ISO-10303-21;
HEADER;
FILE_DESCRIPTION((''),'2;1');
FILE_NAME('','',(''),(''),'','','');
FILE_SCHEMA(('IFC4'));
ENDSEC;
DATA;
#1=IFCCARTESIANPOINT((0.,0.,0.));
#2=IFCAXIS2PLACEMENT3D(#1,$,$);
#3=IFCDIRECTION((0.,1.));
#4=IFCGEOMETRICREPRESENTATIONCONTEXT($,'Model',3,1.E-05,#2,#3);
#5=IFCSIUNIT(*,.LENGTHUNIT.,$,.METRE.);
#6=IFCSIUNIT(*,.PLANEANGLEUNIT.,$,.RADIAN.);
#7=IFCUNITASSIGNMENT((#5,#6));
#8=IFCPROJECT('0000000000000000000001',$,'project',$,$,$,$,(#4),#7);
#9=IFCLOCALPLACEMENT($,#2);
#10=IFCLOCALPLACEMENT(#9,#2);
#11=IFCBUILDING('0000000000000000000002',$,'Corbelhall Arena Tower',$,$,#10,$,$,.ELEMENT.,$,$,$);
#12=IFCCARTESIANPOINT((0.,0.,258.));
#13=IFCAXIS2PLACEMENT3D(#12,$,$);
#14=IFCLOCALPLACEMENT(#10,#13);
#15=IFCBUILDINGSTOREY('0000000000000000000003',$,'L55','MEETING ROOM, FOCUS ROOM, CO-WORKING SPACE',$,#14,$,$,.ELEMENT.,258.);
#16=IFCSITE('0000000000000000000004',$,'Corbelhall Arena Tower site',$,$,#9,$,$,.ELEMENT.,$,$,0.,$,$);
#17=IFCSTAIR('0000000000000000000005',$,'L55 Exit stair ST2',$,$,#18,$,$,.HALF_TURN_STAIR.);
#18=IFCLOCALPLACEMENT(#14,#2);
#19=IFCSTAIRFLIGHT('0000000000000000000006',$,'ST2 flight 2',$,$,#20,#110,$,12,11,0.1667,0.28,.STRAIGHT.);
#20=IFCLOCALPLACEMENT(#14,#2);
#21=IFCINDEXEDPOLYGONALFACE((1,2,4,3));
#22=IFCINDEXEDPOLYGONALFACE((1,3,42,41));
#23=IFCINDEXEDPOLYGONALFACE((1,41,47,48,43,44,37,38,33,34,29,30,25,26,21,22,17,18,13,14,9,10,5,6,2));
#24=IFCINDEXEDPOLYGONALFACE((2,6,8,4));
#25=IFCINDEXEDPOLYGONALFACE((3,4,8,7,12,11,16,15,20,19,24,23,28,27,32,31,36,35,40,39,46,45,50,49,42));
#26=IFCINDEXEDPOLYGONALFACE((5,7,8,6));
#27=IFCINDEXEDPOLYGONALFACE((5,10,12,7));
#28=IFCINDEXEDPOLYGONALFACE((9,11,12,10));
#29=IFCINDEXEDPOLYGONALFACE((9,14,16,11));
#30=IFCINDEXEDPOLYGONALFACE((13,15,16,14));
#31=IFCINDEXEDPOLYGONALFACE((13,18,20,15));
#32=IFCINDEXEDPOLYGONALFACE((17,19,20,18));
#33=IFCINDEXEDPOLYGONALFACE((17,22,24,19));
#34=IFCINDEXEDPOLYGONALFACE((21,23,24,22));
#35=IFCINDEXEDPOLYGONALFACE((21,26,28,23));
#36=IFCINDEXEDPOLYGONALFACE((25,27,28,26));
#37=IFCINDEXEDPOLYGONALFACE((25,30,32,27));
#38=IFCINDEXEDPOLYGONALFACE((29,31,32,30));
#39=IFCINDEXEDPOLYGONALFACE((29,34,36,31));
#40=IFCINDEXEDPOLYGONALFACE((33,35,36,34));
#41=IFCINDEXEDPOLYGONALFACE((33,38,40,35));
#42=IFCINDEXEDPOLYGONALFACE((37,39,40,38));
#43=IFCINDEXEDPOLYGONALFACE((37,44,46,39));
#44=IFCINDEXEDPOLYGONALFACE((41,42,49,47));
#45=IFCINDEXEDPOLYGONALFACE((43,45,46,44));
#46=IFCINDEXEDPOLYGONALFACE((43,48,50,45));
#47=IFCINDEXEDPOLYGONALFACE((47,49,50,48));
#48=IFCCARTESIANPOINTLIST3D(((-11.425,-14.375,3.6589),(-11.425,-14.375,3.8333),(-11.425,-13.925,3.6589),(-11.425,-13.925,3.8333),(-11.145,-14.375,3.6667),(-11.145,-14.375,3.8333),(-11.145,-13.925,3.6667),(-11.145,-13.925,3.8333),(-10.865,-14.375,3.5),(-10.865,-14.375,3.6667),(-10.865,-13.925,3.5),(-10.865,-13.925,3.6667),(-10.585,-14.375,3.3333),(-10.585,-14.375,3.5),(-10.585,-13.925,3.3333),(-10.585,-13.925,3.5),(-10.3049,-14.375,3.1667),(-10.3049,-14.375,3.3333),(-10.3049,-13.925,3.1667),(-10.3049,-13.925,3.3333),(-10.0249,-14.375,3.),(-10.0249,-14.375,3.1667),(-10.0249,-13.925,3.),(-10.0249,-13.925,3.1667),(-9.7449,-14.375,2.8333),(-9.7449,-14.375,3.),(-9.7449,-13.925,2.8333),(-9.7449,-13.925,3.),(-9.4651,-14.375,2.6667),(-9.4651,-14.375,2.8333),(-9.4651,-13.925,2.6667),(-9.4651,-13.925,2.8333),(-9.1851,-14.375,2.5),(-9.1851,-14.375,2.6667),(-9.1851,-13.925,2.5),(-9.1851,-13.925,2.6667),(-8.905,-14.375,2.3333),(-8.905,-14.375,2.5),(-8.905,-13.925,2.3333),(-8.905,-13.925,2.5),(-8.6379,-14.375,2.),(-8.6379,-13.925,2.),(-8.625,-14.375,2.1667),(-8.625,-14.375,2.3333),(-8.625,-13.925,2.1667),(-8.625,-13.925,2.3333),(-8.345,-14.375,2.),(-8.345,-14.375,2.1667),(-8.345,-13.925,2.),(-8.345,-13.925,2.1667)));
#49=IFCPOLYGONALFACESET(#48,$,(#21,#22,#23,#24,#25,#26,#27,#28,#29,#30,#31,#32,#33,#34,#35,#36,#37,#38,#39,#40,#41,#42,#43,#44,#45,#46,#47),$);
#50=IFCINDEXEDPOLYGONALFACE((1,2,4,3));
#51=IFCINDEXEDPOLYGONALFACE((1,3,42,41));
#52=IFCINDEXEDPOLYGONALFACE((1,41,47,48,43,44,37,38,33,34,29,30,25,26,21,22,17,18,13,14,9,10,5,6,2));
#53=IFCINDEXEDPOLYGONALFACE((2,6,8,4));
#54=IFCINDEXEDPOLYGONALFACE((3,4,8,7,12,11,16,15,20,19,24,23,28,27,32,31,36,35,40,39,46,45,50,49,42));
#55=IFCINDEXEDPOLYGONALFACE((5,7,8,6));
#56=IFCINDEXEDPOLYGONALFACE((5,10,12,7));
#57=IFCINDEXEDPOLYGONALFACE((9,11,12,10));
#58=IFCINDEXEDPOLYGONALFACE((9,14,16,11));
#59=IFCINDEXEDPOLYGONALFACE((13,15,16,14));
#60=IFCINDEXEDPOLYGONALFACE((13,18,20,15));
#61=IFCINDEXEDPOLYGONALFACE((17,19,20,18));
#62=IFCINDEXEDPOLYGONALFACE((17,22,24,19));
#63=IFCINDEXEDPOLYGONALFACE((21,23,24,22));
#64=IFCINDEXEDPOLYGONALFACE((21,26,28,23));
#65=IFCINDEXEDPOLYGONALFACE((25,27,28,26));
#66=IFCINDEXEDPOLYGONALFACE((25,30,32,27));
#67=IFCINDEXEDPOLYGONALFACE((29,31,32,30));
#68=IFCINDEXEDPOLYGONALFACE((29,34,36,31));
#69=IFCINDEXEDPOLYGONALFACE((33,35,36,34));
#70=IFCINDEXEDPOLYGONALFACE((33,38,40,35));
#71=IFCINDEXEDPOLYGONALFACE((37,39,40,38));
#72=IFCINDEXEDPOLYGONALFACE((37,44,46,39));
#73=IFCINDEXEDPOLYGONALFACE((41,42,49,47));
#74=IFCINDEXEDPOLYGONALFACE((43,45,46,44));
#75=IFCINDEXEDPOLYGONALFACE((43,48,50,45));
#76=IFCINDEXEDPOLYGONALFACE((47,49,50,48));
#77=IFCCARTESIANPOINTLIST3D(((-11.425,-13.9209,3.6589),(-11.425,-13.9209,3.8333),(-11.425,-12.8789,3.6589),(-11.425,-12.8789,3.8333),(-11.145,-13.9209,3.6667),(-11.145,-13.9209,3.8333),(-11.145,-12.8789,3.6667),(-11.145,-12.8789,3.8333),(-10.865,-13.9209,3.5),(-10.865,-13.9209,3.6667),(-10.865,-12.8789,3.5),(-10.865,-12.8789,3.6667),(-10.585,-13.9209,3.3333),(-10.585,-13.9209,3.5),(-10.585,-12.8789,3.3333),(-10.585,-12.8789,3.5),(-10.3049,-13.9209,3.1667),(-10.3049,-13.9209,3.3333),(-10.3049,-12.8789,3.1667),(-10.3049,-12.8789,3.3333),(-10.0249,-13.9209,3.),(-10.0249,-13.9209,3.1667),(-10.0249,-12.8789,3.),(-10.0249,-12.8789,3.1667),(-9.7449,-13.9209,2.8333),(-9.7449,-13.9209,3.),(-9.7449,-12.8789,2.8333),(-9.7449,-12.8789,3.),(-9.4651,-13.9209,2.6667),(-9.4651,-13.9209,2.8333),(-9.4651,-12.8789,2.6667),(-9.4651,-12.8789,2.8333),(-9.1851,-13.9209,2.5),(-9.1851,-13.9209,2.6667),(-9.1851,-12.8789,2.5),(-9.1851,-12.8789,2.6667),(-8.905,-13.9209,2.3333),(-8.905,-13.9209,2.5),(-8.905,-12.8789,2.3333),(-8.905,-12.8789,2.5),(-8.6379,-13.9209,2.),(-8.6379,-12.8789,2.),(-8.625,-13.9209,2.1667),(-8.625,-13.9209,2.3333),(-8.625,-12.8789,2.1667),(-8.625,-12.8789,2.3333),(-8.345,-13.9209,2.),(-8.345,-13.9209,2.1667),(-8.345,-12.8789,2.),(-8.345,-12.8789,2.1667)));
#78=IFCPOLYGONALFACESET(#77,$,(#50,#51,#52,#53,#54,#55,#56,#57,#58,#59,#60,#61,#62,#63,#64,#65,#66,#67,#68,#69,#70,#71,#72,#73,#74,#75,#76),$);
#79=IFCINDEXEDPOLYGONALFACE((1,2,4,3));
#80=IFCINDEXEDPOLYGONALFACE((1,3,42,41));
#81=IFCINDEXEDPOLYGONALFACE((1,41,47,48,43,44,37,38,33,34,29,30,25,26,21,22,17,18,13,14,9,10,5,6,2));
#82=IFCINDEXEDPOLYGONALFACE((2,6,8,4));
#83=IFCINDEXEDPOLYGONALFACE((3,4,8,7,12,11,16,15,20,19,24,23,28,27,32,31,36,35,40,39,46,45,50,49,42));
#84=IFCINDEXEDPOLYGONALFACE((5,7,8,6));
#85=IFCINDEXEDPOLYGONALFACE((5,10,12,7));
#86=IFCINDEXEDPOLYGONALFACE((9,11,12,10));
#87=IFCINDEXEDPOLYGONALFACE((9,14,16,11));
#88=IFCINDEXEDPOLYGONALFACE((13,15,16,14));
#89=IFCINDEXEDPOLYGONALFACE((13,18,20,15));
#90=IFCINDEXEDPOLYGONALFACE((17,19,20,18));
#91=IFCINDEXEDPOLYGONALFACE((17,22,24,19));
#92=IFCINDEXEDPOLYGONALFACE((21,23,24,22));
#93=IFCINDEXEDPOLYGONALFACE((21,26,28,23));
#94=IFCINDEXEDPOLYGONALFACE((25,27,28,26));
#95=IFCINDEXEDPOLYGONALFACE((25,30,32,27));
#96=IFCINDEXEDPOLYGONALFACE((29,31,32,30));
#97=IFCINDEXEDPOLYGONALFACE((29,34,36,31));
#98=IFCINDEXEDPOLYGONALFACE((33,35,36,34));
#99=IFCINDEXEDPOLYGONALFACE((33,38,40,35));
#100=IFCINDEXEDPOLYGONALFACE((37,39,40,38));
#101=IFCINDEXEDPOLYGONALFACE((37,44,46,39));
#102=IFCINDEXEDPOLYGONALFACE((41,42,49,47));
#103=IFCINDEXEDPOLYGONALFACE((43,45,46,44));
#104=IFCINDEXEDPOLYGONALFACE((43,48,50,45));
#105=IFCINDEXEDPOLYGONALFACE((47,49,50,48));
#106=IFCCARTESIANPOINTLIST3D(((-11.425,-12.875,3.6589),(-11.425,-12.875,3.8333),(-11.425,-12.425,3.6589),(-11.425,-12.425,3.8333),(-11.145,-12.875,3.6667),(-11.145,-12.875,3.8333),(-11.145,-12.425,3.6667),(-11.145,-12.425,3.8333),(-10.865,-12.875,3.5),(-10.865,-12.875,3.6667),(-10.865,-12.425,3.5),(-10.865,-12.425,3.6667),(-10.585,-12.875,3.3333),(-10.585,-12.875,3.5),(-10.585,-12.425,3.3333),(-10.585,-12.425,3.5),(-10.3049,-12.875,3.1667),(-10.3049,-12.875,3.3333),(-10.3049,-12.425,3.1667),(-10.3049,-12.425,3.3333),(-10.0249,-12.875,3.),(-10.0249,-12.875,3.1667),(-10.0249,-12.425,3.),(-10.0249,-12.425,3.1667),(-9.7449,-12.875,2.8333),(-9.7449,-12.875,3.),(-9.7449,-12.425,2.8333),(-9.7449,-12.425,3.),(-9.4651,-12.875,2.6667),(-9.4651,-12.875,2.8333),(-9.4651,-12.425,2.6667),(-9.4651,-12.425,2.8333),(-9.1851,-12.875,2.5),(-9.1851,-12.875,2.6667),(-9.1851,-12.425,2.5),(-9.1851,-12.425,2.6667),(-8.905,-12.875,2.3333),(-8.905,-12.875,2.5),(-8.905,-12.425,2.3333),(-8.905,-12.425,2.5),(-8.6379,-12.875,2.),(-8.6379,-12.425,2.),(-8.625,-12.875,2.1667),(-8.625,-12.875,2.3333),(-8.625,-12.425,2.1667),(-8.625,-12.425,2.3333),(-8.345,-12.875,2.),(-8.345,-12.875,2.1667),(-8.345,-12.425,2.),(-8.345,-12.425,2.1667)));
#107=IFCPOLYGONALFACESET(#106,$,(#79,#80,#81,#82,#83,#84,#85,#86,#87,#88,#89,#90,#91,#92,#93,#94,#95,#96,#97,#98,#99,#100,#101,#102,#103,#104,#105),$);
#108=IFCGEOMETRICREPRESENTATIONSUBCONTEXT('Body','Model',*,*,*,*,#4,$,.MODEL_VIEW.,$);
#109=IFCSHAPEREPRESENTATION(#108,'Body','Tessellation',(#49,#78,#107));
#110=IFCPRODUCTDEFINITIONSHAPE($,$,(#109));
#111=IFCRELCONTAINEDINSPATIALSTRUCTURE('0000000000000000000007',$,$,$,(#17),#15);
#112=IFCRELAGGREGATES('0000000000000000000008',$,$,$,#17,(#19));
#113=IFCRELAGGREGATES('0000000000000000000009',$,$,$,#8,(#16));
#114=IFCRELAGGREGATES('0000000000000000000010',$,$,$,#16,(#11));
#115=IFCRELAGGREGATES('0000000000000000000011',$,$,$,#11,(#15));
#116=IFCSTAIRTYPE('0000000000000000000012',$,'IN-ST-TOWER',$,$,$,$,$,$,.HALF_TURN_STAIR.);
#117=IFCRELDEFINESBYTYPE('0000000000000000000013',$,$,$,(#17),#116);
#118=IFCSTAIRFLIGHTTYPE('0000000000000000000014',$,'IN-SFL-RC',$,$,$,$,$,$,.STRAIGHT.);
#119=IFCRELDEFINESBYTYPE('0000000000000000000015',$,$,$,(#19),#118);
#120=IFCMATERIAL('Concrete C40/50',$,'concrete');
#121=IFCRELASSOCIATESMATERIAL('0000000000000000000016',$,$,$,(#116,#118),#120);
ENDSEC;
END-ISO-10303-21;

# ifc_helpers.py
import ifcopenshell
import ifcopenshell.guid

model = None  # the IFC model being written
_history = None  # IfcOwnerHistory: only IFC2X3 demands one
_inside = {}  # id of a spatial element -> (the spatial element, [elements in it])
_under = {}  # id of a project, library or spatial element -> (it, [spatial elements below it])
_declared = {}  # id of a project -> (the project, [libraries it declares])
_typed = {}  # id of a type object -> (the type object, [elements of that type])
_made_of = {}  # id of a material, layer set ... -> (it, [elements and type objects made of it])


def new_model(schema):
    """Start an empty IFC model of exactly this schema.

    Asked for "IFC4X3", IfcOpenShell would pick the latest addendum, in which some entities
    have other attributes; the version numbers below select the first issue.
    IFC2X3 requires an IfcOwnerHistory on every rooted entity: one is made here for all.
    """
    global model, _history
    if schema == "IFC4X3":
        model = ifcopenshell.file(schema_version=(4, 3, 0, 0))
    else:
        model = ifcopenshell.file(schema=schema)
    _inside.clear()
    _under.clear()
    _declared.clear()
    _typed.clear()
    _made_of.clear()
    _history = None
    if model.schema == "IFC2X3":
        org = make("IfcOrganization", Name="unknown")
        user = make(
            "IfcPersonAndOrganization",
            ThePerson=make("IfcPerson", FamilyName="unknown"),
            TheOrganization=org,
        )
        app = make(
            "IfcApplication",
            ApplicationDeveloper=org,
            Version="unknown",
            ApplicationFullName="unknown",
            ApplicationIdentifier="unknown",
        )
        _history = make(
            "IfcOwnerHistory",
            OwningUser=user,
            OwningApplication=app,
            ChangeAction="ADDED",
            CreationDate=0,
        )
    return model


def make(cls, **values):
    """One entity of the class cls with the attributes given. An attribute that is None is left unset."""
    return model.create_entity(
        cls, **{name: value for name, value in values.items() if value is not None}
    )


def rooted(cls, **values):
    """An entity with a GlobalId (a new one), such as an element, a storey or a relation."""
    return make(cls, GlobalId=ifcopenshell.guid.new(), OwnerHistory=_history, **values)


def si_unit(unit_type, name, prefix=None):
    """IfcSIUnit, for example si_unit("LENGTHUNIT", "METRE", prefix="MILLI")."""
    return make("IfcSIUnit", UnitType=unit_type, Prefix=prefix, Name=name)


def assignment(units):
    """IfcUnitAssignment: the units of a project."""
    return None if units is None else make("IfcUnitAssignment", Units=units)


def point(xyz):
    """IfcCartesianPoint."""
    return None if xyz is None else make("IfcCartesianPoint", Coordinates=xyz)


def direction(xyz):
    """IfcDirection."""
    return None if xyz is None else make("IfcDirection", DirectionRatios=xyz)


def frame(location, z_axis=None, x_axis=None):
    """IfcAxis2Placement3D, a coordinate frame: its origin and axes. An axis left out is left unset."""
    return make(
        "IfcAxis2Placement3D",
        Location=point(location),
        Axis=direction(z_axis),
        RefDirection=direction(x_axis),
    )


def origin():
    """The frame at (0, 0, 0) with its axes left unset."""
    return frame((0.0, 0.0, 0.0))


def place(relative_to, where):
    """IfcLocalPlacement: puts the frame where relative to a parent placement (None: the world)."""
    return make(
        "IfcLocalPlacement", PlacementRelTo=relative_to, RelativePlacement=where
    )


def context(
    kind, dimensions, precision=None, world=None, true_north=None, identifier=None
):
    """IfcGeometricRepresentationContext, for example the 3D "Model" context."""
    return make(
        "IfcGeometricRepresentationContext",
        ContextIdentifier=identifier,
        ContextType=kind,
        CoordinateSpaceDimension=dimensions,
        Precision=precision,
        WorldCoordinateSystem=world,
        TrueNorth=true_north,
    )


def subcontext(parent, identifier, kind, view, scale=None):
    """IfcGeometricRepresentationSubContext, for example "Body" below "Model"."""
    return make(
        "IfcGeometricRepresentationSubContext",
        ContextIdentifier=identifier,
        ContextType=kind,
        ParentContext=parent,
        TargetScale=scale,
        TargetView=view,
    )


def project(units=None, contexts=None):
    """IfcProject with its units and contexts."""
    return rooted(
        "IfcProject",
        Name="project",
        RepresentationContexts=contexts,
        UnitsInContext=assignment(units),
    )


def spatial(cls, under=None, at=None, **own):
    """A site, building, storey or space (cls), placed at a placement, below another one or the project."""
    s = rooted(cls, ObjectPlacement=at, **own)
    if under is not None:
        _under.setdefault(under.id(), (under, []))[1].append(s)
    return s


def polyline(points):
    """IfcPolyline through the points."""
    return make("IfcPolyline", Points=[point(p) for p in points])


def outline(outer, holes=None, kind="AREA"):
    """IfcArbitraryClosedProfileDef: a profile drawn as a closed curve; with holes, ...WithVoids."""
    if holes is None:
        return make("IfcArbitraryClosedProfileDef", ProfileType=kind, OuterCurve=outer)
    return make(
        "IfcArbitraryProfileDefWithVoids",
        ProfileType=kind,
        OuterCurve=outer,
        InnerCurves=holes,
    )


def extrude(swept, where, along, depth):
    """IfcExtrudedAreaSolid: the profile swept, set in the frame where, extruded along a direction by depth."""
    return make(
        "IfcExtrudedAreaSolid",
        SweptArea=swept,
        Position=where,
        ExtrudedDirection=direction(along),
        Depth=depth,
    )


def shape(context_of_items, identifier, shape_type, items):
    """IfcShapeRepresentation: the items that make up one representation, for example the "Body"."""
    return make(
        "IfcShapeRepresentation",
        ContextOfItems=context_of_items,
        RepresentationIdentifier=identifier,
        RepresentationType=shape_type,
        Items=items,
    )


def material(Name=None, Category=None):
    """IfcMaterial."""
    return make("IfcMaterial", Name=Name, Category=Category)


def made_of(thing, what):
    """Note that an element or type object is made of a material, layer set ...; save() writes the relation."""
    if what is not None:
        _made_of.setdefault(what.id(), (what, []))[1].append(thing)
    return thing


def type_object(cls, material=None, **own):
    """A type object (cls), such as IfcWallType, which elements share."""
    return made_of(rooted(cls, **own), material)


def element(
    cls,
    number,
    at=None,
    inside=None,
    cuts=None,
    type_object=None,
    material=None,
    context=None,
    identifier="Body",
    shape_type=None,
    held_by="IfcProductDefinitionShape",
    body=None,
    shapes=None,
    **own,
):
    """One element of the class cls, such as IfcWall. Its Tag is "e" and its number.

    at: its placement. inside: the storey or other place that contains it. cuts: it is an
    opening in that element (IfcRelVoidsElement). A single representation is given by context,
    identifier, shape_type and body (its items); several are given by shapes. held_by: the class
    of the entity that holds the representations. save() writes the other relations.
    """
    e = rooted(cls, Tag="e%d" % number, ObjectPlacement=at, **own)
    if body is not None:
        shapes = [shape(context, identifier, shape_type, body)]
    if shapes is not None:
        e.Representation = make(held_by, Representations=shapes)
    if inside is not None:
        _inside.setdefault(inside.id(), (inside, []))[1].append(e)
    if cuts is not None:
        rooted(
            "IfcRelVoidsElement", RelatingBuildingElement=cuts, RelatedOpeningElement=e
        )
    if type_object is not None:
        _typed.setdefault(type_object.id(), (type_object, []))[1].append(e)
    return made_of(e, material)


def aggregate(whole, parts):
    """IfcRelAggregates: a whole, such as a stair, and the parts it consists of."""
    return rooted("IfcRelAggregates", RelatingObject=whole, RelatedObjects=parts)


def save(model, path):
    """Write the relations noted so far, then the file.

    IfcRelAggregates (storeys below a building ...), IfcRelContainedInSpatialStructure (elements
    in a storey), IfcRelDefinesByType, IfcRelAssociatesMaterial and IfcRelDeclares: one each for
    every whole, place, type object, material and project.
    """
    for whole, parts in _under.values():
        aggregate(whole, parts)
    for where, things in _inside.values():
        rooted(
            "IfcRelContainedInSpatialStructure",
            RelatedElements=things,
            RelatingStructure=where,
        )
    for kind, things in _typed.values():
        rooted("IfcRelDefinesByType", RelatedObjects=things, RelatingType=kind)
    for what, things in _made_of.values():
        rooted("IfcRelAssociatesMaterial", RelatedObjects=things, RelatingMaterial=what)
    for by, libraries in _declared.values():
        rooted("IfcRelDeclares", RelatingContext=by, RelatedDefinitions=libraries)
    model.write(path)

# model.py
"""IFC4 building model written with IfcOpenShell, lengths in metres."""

from ifc_helpers import new_model, si_unit, direction, frame, origin, place, context, subcontext, project, spatial, polyline, outline, extrude, material, type_object, element, aggregate, save


model = new_model("IFC4")

# Units and contexts
model_context = context("Model", 3, precision=1e-05, world=origin(), true_north=direction((0.0, 1.0)))
body_context = subcontext(model_context, "Body", "Model", "MODEL_VIEW")
ifc_project = project(units=[si_unit("LENGTHUNIT", "METRE"), si_unit("PLANEANGLEUNIT", "RADIAN")], contexts=[model_context])

# Site, building, storey
site_placement = place(None, origin())
site = spatial("IfcSite", under=ifc_project, at=site_placement, Name="Corbelhall Arena Tower site", CompositionType="ELEMENT", RefElevation=0.0)
building_placement = place(site_placement, origin())
building = spatial("IfcBuilding", under=site, at=building_placement, Name="Corbelhall Arena Tower", CompositionType="ELEMENT")
storey_placement = place(building_placement, frame((0.0, 0.0, 258.0)))
storey = spatial("IfcBuildingStorey", under=building, at=storey_placement, Name="L55", Description="MEETING ROOM, FOCUS ROOM, CO-WORKING SPACE", CompositionType="ELEMENT", Elevation=258.0)

# Shared definitions
ifc_material_1 = material(Name="Concrete C40/50", Category="concrete")

# Stair, stair flight
stair_type = type_object("IfcStairType", Name="IN-ST-TOWER", PredefinedType="HALF_TURN_STAIR", material=ifc_material_1)
stair_placement = place(storey_placement, origin())
stair = element("IfcStair", 1, at=stair_placement, inside=storey, type_object=stair_type, Name="L55 Exit stair ST2", PredefinedType="HALF_TURN_STAIR")
stair_flight_type = type_object("IfcStairFlightType", Name="IN-SFL-RC", PredefinedType="STRAIGHT", material=ifc_material_1)
stair_flight_1_placement = place(storey_placement, frame((-8.345, -13.3999, 2.0), z_axis=(0.0, 0.0, 1.0), x_axis=(-1.0, 0.0, 0.0)))
stair_flight_1 = element("IfcStairFlight", 2, at=stair_flight_1_placement, type_object=stair_flight_type, Name="ST2 flight 2", NumberOfRisers=12, NumberOfTreads=11, PredefinedType="STRAIGHT", RiserHeight=0.1667, TreadLength=0.28, context=body_context, shape_type="SweptSolid", body=[
    extrude(outline(polyline([(0.0, 0.0), (0.0, 0.1667), (0.28, 0.1667), (0.28, 0.3333), (0.5601, 0.3333), (0.5601, 0.5), (0.8401, 0.5), (0.8401, 0.6667), (1.1201, 0.6667), (1.1201, 0.8333), (1.3999, 0.8333), (1.3999, 1.0), (1.6799, 1.0), (1.6799, 1.1667), (1.96, 1.1667), (1.96, 1.3333), (2.24, 1.3333), (2.24, 1.5), (2.52, 1.5), (2.52, 1.6667), (2.8, 1.6667), (2.8, 1.8333), (3.0801, 1.8333), (3.0801, 2.0), (3.0801, 1.6589), (0.293, 0.0), (0.0, 0.0)])), frame((0.0, 0.9751, 0.0), z_axis=(0.0, -1.0, 0.0), x_axis=(1.0, 0.0, 0.0)), (0.0, 0.0, 1.0), 0.45),
    extrude(outline(polyline([(0.0, 0.0), (0.0, 0.1667), (0.28, 0.1667), (0.28, 0.3333), (0.5601, 0.3333), (0.5601, 0.5), (0.8401, 0.5), (0.8401, 0.6667), (1.1201, 0.6667), (1.1201, 0.8333), (1.3999, 0.8333), (1.3999, 1.0), (1.6799, 1.0), (1.6799, 1.1667), (1.96, 1.1667), (1.96, 1.3333), (2.24, 1.3333), (2.24, 1.5), (2.52, 1.5), (2.52, 1.6667), (2.8, 1.6667), (2.8, 1.8333), (3.0801, 1.8333), (3.0801, 2.0), (3.0801, 1.6589), (0.293, 0.0), (0.0, 0.0)])), frame((0.0, 0.521, 0.0), z_axis=(0.0, -1.0, 0.0), x_axis=(1.0, 0.0, 0.0)), (0.0, 0.0, 1.0), 1.042),
    extrude(outline(polyline([(0.0, 0.0), (0.0, 0.1667), (0.28, 0.1667), (0.28, 0.3333), (0.5601, 0.3333), (0.5601, 0.5), (0.8401, 0.5), (0.8401, 0.6667), (1.1201, 0.6667), (1.1201, 0.8333), (1.3999, 0.8333), (1.3999, 1.0), (1.6799, 1.0), (1.6799, 1.1667), (1.96, 1.1667), (1.96, 1.3333), (2.24, 1.3333), (2.24, 1.5), (2.52, 1.5), (2.52, 1.6667), (2.8, 1.6667), (2.8, 1.8333), (3.0801, 1.8333), (3.0801, 2.0), (3.0801, 1.6589), (0.293, 0.0), (0.0, 0.0)])), frame((0.0, -0.5249, 0.0), z_axis=(0.0, -1.0, 0.0), x_axis=(1.0, 0.0, 0.0)), (0.0, 0.0, 1.0), 0.45),
])
aggregate(stair, [stair_flight_1])

save(model, "model.ifc")
